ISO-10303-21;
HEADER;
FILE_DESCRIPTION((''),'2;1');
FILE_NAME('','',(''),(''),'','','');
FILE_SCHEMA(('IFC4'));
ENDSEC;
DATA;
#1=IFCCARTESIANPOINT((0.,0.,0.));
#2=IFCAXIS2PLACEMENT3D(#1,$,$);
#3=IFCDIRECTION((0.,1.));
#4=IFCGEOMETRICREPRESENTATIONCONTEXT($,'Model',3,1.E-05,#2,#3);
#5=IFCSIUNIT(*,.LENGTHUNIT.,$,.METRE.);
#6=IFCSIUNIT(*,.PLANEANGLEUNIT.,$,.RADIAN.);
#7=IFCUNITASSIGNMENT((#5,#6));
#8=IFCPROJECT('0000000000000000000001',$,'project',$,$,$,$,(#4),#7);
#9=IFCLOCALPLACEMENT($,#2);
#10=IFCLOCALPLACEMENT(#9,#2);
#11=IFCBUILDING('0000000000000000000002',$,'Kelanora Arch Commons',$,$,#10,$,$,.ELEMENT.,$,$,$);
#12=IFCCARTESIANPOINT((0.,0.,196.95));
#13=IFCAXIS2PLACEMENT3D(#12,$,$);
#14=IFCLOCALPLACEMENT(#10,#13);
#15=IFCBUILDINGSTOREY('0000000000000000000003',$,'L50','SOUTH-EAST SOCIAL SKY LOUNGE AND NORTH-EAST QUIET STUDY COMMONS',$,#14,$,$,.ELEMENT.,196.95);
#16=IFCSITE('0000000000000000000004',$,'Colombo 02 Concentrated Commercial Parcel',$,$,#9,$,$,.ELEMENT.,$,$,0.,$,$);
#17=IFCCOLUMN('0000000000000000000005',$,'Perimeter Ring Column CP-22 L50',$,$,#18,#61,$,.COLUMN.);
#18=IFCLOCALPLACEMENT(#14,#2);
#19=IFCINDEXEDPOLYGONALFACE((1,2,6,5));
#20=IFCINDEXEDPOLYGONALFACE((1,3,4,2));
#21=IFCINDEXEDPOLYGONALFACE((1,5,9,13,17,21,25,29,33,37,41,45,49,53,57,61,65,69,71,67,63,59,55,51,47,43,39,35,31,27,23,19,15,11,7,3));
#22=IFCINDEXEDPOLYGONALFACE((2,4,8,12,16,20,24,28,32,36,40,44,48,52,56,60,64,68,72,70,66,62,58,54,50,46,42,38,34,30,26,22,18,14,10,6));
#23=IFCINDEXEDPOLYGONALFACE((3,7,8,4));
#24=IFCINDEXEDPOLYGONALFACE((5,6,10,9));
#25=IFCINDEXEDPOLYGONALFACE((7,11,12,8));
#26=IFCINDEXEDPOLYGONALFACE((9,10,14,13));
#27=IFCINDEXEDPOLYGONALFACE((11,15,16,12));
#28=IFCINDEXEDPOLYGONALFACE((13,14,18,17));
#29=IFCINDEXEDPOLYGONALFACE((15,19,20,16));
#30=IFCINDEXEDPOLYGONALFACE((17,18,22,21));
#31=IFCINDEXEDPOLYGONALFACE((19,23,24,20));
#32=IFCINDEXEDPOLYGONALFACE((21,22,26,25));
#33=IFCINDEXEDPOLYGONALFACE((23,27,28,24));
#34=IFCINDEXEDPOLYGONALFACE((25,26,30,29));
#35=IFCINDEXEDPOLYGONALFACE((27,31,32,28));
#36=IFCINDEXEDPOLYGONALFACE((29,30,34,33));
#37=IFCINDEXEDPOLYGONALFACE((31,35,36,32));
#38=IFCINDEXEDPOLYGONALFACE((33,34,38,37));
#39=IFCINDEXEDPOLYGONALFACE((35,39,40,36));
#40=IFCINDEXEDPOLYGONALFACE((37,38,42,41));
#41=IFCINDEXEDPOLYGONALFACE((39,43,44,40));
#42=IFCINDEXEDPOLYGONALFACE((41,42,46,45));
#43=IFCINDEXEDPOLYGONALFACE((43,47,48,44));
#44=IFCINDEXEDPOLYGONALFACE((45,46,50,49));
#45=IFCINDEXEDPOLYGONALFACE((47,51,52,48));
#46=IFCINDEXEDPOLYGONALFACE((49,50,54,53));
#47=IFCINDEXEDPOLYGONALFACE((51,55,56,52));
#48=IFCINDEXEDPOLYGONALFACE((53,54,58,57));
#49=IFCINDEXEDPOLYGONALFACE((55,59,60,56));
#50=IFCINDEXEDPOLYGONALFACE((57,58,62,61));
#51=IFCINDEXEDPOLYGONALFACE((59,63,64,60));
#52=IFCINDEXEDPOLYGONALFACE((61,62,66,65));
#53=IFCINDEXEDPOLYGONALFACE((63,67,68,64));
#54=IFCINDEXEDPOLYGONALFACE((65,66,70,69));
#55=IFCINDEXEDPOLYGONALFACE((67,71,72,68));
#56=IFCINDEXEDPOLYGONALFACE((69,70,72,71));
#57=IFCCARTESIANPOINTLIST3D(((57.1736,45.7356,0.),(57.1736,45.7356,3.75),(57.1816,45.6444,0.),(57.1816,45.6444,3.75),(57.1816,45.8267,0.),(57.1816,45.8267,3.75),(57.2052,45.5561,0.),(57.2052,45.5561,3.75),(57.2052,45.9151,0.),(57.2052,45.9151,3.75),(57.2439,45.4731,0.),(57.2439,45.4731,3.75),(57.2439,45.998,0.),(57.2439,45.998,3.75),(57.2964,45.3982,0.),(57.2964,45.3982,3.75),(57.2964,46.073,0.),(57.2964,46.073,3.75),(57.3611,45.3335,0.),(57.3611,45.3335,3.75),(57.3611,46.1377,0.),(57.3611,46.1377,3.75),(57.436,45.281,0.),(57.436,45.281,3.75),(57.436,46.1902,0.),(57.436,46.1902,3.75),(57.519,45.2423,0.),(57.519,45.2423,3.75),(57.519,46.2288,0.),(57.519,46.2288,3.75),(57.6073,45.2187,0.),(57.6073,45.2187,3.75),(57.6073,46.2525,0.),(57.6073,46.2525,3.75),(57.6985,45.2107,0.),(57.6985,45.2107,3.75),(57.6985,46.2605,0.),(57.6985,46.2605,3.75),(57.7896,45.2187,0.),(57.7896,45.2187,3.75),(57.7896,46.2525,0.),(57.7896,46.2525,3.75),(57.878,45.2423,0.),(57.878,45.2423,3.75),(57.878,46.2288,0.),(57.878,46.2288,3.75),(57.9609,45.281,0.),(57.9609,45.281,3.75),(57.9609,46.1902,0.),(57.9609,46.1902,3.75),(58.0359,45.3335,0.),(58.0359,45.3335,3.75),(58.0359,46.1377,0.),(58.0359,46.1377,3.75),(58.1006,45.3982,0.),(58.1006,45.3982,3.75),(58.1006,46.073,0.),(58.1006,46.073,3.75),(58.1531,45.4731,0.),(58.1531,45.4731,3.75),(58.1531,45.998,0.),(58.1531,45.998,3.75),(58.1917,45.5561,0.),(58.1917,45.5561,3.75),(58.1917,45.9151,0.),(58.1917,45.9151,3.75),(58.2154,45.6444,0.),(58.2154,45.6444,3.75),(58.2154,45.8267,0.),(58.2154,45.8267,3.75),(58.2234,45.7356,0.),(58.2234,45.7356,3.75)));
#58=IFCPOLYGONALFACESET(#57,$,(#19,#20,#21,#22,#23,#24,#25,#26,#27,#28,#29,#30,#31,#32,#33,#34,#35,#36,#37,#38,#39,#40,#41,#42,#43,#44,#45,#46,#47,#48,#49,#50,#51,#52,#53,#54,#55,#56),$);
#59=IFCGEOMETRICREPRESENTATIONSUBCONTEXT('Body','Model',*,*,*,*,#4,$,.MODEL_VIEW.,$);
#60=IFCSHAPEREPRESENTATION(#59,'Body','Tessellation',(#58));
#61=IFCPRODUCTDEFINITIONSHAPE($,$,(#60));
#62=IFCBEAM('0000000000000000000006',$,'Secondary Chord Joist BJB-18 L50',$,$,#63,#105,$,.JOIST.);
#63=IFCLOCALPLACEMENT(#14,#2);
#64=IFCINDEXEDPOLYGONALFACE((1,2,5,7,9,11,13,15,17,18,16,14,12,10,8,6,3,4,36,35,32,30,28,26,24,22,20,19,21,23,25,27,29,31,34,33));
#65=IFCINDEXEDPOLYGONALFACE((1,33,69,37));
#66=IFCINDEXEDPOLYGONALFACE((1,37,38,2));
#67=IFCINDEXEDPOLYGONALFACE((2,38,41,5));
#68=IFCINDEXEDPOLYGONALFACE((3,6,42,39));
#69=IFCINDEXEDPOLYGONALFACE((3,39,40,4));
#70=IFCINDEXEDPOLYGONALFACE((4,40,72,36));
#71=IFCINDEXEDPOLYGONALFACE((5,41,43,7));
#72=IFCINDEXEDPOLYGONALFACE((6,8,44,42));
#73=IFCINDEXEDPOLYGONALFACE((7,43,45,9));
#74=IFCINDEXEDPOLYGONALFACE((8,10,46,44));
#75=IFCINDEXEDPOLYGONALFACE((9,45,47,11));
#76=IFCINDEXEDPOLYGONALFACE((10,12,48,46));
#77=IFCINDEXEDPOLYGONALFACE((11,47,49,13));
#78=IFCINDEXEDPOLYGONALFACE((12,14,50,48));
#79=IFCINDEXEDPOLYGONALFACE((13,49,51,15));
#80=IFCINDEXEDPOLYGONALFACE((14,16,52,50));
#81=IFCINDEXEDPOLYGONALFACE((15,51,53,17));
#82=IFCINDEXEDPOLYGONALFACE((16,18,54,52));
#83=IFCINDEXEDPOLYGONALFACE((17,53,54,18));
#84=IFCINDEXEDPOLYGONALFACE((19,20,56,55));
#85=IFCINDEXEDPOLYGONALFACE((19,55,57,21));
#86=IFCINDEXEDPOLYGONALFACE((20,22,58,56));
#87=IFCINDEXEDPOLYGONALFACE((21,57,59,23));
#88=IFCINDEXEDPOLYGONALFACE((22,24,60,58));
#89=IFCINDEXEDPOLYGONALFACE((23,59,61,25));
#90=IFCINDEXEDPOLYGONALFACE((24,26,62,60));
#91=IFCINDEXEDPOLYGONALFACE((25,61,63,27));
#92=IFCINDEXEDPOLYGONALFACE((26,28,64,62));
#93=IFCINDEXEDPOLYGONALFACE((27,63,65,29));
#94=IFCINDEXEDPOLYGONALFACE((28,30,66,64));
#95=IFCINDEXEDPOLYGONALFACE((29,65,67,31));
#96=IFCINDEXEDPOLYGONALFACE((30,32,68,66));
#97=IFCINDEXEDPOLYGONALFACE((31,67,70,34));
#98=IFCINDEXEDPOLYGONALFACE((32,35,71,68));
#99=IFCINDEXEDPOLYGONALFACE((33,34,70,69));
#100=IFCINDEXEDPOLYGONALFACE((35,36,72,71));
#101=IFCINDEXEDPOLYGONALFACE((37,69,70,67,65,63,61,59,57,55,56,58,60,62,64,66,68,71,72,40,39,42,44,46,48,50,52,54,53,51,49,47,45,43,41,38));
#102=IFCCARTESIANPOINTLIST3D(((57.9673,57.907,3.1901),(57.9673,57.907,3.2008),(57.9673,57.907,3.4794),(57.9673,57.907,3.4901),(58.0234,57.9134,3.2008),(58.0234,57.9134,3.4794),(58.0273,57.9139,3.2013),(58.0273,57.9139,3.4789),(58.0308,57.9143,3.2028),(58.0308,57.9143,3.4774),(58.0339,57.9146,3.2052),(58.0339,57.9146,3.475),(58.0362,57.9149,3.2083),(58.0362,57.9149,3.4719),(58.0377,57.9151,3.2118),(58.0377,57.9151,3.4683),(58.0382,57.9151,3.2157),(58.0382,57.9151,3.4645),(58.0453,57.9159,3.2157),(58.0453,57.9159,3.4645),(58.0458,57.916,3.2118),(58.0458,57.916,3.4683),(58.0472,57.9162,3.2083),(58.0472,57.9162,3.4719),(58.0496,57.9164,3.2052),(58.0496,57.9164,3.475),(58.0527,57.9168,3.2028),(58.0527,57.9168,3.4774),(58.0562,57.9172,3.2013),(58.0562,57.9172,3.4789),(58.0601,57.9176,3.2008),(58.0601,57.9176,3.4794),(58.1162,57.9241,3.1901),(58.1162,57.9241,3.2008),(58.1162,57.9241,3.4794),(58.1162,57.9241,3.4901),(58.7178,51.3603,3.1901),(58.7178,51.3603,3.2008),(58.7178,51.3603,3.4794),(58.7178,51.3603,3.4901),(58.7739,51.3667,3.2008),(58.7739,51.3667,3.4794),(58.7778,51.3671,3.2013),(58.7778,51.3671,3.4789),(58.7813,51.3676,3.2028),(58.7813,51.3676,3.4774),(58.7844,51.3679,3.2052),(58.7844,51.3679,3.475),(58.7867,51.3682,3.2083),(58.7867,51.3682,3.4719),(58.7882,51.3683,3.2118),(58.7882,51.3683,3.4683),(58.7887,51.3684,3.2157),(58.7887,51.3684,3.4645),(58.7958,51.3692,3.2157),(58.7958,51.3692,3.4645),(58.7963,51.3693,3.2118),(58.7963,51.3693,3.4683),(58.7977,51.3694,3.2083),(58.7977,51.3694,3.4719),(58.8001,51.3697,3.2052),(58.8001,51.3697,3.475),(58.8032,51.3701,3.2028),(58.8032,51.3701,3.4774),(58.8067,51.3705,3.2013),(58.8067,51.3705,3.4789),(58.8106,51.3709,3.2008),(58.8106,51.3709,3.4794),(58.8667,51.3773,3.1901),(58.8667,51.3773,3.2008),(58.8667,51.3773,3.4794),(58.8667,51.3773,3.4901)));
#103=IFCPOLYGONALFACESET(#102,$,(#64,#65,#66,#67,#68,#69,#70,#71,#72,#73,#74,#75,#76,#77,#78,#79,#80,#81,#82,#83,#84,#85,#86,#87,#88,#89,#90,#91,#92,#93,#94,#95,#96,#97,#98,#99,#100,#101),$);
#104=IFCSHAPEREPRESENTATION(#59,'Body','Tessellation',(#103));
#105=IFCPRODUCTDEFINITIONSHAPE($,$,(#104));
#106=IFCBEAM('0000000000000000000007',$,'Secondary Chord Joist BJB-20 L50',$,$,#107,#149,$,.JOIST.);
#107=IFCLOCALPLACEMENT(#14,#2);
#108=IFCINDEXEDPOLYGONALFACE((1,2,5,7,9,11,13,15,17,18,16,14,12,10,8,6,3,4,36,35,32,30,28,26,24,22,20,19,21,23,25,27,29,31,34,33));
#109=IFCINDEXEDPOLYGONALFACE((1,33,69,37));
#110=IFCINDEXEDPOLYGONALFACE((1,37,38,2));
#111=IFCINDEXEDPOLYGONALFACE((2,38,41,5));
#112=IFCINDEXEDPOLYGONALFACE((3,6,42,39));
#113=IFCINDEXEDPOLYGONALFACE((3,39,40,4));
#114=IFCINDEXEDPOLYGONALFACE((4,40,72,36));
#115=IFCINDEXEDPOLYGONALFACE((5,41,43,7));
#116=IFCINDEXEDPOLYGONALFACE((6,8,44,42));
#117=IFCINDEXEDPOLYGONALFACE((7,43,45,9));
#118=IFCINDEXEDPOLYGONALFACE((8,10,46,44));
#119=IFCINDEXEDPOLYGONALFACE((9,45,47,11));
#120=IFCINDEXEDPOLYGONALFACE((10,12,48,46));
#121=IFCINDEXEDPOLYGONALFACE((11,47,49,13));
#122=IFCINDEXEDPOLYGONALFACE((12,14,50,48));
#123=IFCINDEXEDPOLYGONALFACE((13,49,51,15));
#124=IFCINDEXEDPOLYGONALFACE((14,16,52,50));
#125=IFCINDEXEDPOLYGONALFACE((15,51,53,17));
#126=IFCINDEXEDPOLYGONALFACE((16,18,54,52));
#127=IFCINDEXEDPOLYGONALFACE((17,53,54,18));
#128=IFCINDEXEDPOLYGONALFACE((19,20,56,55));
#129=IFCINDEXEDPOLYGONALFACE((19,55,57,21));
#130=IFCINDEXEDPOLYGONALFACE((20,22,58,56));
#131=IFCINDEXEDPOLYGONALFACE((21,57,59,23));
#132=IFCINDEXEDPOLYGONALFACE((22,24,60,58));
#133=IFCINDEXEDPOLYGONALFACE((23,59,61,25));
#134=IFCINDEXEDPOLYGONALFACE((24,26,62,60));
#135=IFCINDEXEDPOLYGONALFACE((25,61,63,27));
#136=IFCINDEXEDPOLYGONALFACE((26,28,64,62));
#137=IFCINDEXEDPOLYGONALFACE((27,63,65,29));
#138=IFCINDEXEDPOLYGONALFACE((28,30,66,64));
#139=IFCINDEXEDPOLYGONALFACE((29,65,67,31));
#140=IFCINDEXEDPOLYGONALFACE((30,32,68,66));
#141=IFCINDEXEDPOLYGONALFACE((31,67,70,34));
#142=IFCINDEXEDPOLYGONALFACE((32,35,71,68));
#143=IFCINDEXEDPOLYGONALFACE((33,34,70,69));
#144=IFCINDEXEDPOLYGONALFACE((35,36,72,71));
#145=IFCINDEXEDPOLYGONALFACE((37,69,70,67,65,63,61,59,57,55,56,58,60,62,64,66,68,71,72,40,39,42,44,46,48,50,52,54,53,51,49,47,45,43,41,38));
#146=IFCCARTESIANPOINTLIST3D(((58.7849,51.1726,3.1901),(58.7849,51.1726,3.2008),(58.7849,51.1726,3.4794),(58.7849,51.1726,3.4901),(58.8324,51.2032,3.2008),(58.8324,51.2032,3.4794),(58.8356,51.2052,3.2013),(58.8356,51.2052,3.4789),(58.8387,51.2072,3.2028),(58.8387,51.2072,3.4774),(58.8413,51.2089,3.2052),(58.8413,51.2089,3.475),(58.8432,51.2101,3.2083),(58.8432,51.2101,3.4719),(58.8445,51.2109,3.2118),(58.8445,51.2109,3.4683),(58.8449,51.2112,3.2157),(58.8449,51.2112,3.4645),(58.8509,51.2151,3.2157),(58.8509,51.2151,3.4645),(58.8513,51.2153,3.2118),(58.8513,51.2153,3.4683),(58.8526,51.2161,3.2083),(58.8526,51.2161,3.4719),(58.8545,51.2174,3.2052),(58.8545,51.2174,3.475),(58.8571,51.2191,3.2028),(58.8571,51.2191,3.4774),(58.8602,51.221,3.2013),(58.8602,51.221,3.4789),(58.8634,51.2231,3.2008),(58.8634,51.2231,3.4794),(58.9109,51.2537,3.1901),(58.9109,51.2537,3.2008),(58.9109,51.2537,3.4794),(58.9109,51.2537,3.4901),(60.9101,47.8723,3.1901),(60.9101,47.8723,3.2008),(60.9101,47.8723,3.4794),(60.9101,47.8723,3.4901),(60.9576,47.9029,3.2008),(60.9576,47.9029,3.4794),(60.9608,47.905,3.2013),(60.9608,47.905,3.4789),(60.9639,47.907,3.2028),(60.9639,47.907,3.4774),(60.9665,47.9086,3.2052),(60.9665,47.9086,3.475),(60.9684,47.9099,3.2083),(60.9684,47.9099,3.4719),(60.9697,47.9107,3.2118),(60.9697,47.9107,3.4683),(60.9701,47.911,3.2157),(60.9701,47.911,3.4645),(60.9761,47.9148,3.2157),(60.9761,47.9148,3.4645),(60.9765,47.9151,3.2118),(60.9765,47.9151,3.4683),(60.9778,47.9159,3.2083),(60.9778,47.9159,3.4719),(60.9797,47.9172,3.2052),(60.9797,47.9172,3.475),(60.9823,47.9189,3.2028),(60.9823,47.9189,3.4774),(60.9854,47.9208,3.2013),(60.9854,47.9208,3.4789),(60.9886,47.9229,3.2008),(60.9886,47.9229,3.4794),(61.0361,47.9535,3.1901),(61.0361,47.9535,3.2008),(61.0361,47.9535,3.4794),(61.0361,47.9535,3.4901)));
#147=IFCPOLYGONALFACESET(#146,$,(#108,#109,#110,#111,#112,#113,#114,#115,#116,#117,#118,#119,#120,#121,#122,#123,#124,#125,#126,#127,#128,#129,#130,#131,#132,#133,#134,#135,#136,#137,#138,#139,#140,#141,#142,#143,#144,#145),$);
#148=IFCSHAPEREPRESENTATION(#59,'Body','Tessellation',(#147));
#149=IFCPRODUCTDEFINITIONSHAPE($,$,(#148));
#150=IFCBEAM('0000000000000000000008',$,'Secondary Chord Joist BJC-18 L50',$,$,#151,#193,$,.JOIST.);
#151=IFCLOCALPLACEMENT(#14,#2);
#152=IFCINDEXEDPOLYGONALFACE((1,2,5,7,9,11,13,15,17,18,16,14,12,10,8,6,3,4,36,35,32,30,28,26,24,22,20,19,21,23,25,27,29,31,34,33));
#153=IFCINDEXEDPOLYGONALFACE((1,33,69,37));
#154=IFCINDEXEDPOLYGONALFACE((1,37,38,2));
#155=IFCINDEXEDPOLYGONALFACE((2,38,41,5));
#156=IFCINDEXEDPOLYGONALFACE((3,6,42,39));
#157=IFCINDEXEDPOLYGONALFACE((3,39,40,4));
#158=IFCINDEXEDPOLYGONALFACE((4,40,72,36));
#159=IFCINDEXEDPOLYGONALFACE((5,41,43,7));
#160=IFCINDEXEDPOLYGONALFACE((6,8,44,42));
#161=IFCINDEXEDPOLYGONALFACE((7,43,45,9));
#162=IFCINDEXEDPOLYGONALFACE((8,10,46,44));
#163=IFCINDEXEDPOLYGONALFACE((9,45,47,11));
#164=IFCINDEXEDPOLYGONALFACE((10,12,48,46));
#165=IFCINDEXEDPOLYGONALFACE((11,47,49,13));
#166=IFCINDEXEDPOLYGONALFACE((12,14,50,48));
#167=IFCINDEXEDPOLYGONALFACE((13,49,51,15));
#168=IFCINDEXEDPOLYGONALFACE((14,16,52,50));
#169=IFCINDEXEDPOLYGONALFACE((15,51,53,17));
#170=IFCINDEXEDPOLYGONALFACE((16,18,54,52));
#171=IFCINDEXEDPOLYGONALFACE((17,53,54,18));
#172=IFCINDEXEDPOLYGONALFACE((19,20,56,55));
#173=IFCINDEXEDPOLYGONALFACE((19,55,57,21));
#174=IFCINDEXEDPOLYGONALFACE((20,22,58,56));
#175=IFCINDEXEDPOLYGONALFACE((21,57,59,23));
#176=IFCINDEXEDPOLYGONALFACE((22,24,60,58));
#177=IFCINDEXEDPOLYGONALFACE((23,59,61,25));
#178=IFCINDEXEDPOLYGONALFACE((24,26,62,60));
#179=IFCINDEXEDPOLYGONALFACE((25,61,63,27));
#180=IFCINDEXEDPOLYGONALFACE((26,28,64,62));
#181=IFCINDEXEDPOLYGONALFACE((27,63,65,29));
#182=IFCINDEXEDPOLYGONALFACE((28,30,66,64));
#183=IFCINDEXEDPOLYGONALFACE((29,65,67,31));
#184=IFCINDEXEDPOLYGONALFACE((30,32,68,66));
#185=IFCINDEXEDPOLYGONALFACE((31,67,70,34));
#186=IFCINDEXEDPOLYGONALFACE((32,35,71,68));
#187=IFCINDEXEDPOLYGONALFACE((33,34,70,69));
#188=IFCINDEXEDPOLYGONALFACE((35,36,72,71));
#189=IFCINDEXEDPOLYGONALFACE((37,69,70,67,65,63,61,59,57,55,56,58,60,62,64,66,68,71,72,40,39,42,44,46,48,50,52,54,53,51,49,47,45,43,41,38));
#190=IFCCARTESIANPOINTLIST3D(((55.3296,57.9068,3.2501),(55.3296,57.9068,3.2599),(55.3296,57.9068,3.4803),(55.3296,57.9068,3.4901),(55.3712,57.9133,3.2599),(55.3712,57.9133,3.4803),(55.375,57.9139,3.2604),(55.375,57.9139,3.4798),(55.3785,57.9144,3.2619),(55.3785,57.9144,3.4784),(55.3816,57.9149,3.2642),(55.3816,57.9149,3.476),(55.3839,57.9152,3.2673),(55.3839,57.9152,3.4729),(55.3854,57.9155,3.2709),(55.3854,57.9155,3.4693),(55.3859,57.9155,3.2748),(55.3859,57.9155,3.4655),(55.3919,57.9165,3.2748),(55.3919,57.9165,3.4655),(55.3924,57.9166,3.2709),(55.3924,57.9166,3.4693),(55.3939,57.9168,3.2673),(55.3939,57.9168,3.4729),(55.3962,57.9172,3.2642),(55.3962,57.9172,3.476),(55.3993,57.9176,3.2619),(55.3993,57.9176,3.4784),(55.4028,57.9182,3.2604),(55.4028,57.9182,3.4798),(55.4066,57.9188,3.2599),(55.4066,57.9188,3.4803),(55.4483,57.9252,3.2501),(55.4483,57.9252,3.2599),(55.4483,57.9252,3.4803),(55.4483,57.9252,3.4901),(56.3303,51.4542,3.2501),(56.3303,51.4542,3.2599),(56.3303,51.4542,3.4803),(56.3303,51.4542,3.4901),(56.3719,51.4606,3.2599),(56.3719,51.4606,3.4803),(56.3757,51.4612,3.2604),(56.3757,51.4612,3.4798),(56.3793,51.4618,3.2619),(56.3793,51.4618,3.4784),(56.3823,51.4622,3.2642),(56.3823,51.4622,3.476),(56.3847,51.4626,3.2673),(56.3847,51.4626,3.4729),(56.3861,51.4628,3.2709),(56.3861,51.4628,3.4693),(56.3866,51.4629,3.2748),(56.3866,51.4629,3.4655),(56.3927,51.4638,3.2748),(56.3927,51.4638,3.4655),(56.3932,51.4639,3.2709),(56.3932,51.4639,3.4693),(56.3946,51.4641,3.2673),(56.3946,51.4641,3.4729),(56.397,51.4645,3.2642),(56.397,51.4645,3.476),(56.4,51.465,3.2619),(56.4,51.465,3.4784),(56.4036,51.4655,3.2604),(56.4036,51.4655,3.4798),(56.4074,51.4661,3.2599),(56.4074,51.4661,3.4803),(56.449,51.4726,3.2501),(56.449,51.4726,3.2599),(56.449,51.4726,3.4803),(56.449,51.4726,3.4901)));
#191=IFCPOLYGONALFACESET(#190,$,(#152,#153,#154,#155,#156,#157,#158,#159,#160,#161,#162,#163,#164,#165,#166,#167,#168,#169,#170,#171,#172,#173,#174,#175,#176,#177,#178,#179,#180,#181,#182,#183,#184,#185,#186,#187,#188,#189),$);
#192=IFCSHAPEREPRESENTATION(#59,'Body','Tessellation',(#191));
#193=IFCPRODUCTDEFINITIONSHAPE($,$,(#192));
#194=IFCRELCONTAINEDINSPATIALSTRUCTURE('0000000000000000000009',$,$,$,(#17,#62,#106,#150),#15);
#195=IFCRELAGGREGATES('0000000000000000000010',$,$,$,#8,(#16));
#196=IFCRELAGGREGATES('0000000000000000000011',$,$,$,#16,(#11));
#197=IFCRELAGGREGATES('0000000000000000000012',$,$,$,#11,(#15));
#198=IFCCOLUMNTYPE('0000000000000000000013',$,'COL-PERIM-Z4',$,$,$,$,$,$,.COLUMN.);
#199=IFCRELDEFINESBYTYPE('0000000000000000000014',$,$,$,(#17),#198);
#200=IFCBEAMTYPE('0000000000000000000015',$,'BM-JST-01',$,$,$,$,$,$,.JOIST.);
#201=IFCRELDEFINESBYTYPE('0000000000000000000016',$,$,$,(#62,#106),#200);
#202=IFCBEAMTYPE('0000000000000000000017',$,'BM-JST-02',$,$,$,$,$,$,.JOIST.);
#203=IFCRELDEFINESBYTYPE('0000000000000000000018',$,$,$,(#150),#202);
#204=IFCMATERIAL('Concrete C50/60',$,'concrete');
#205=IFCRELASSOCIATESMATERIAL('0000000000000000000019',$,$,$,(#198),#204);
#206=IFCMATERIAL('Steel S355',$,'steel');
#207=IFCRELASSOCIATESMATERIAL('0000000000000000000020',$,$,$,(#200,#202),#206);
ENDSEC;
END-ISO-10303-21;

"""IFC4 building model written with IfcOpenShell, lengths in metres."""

from ifc_helpers import new_model, si_unit, direction, frame, origin, origin_2d, place, context, subcontext, project, spatial, circle, i_section, extrude, material, material_profile, profile_set, type_object, element, save


model = new_model("IFC4")

# Units and contexts
model_context = context("Model", 3, precision=1e-05, world=origin(), true_north=direction((0.0, 1.0)))
body_context = subcontext(model_context, "Body", "Model", "MODEL_VIEW")
ifc_project = project(units=[si_unit("LENGTHUNIT", "METRE"), si_unit("PLANEANGLEUNIT", "RADIAN")], contexts=[model_context])

# Site, building, storey
site_placement = place(None, origin())
site = spatial("IfcSite", under=ifc_project, at=site_placement, Name="Colombo 02 Concentrated Commercial Parcel", CompositionType="ELEMENT", RefElevation=0.0)
building_placement = place(site_placement, origin())
building = spatial("IfcBuilding", under=site, at=building_placement, Name="Kelanora Arch Commons", CompositionType="ELEMENT")
storey_placement = place(building_placement, frame((0.0, 0.0, 196.95)))
storey = spatial("IfcBuildingStorey", under=building, at=storey_placement, Name="L50", Description="SOUTH-EAST SOCIAL SKY LOUNGE AND NORTH-EAST QUIET STUDY COMMONS", CompositionType="ELEMENT", Elevation=196.95)

# Column
ifc_material_1 = material(Name="Concrete C50/60", Category="concrete")
ifc_material_profile_1 = material_profile(ifc_material_1, circle(Radius=0.5249, at=origin_2d()), Name="RCC1050")
ifc_profile_set_1 = profile_set([ifc_material_profile_1], Name="Concrete C50/60")
column_type = type_object("IfcColumnType", Name="COL-PERIM-Z4", PredefinedType="COLUMN", material=ifc_profile_set_1)
column_placement = place(storey_placement, frame((57.6985, 45.7356, 0.0), z_axis=(0.0, 0.0, 1.0), x_axis=(1.0, 0.0, 0.0)))
element("IfcColumn", 1, at=column_placement, inside=storey, type_object=column_type, Name="Perimeter Ring Column CP-22 L50", PredefinedType="COLUMN", context=body_context, shape_type="SweptSolid", body=[
    extrude(circle(Radius=0.5249, at=origin_2d()), origin(), (0.0, 0.0, 1.0), 3.75),
])

# Beams
ifc_material_2 = material(Name="Steel S355", Category="steel")
ifc_material_profile_2 = material_profile(ifc_material_2, i_section(OverallWidth=0.1499, OverallDepth=0.3, WebThickness=0.0071, FlangeThickness=0.0107, FilletRadius=0.0149, at=origin_2d()), Name="IPE300")
ifc_profile_set_2 = profile_set([ifc_material_profile_2], Name="Steel S355")
beam_type_1 = type_object("IfcBeamType", Name="BM-JST-01", PredefinedType="JOIST", material=ifc_profile_set_2)
beam_1_placement = place(storey_placement, frame((58.0417, 57.9155, 3.3401), z_axis=(0.113891, -0.993493, 0.0), x_axis=(0.993493, 0.113891, 0.0)))
element("IfcBeam", 2, at=beam_1_placement, inside=storey, type_object=beam_type_1, Name="Secondary Chord Joist BJB-18 L50", PredefinedType="JOIST", context=body_context, shape_type="SweptSolid", body=[
    extrude(i_section(OverallWidth=0.1499, OverallDepth=0.3, WebThickness=0.0071, FlangeThickness=0.0107, FilletRadius=0.0149, at=origin_2d()), origin(), (0.0, 0.0, 1.0), 6.5896),
])
beam_2_placement = place(storey_placement, frame((58.8479, 51.2131, 3.3401), z_axis=(0.541411, -0.840758, 0.0), x_axis=(0.840758, 0.541411, 0.0)))
element("IfcBeam", 3, at=beam_2_placement, inside=storey, type_object=beam_type_1, Name="Secondary Chord Joist BJB-20 L50", PredefinedType="JOIST", context=body_context, shape_type="SweptSolid", body=[
    extrude(i_section(OverallWidth=0.1499, OverallDepth=0.3, WebThickness=0.0071, FlangeThickness=0.0107, FilletRadius=0.0149, at=origin_2d()), origin(), (0.0, 0.0, 1.0), 3.9253),
])
ifc_material_profile_3 = material_profile(ifc_material_2, i_section(OverallWidth=0.1201, OverallDepth=0.24, WebThickness=0.0061, FlangeThickness=0.0098, FilletRadius=0.0149, at=origin_2d()), Name="IPE240")
ifc_profile_set_3 = profile_set([ifc_material_profile_3], Name="Steel S355")
beam_type_2 = type_object("IfcBeamType", Name="BM-JST-02", PredefinedType="JOIST", material=ifc_profile_set_3)
beam_3_placement = place(storey_placement, frame((55.3889, 57.916, 3.3701), z_axis=(0.153257, -0.988186, 0.0), x_axis=(0.988186, 0.153257, 0.0)))
element("IfcBeam", 4, at=beam_3_placement, inside=storey, type_object=beam_type_2, Name="Secondary Chord Joist BJC-18 L50", PredefinedType="JOIST", context=body_context, shape_type="SweptSolid", body=[
    extrude(i_section(OverallWidth=0.1201, OverallDepth=0.24, WebThickness=0.0061, FlangeThickness=0.0098, FilletRadius=0.0149, at=origin_2d()), origin(), (0.0, 0.0, 1.0), 6.5298),
])

save(model, "model.ifc")
